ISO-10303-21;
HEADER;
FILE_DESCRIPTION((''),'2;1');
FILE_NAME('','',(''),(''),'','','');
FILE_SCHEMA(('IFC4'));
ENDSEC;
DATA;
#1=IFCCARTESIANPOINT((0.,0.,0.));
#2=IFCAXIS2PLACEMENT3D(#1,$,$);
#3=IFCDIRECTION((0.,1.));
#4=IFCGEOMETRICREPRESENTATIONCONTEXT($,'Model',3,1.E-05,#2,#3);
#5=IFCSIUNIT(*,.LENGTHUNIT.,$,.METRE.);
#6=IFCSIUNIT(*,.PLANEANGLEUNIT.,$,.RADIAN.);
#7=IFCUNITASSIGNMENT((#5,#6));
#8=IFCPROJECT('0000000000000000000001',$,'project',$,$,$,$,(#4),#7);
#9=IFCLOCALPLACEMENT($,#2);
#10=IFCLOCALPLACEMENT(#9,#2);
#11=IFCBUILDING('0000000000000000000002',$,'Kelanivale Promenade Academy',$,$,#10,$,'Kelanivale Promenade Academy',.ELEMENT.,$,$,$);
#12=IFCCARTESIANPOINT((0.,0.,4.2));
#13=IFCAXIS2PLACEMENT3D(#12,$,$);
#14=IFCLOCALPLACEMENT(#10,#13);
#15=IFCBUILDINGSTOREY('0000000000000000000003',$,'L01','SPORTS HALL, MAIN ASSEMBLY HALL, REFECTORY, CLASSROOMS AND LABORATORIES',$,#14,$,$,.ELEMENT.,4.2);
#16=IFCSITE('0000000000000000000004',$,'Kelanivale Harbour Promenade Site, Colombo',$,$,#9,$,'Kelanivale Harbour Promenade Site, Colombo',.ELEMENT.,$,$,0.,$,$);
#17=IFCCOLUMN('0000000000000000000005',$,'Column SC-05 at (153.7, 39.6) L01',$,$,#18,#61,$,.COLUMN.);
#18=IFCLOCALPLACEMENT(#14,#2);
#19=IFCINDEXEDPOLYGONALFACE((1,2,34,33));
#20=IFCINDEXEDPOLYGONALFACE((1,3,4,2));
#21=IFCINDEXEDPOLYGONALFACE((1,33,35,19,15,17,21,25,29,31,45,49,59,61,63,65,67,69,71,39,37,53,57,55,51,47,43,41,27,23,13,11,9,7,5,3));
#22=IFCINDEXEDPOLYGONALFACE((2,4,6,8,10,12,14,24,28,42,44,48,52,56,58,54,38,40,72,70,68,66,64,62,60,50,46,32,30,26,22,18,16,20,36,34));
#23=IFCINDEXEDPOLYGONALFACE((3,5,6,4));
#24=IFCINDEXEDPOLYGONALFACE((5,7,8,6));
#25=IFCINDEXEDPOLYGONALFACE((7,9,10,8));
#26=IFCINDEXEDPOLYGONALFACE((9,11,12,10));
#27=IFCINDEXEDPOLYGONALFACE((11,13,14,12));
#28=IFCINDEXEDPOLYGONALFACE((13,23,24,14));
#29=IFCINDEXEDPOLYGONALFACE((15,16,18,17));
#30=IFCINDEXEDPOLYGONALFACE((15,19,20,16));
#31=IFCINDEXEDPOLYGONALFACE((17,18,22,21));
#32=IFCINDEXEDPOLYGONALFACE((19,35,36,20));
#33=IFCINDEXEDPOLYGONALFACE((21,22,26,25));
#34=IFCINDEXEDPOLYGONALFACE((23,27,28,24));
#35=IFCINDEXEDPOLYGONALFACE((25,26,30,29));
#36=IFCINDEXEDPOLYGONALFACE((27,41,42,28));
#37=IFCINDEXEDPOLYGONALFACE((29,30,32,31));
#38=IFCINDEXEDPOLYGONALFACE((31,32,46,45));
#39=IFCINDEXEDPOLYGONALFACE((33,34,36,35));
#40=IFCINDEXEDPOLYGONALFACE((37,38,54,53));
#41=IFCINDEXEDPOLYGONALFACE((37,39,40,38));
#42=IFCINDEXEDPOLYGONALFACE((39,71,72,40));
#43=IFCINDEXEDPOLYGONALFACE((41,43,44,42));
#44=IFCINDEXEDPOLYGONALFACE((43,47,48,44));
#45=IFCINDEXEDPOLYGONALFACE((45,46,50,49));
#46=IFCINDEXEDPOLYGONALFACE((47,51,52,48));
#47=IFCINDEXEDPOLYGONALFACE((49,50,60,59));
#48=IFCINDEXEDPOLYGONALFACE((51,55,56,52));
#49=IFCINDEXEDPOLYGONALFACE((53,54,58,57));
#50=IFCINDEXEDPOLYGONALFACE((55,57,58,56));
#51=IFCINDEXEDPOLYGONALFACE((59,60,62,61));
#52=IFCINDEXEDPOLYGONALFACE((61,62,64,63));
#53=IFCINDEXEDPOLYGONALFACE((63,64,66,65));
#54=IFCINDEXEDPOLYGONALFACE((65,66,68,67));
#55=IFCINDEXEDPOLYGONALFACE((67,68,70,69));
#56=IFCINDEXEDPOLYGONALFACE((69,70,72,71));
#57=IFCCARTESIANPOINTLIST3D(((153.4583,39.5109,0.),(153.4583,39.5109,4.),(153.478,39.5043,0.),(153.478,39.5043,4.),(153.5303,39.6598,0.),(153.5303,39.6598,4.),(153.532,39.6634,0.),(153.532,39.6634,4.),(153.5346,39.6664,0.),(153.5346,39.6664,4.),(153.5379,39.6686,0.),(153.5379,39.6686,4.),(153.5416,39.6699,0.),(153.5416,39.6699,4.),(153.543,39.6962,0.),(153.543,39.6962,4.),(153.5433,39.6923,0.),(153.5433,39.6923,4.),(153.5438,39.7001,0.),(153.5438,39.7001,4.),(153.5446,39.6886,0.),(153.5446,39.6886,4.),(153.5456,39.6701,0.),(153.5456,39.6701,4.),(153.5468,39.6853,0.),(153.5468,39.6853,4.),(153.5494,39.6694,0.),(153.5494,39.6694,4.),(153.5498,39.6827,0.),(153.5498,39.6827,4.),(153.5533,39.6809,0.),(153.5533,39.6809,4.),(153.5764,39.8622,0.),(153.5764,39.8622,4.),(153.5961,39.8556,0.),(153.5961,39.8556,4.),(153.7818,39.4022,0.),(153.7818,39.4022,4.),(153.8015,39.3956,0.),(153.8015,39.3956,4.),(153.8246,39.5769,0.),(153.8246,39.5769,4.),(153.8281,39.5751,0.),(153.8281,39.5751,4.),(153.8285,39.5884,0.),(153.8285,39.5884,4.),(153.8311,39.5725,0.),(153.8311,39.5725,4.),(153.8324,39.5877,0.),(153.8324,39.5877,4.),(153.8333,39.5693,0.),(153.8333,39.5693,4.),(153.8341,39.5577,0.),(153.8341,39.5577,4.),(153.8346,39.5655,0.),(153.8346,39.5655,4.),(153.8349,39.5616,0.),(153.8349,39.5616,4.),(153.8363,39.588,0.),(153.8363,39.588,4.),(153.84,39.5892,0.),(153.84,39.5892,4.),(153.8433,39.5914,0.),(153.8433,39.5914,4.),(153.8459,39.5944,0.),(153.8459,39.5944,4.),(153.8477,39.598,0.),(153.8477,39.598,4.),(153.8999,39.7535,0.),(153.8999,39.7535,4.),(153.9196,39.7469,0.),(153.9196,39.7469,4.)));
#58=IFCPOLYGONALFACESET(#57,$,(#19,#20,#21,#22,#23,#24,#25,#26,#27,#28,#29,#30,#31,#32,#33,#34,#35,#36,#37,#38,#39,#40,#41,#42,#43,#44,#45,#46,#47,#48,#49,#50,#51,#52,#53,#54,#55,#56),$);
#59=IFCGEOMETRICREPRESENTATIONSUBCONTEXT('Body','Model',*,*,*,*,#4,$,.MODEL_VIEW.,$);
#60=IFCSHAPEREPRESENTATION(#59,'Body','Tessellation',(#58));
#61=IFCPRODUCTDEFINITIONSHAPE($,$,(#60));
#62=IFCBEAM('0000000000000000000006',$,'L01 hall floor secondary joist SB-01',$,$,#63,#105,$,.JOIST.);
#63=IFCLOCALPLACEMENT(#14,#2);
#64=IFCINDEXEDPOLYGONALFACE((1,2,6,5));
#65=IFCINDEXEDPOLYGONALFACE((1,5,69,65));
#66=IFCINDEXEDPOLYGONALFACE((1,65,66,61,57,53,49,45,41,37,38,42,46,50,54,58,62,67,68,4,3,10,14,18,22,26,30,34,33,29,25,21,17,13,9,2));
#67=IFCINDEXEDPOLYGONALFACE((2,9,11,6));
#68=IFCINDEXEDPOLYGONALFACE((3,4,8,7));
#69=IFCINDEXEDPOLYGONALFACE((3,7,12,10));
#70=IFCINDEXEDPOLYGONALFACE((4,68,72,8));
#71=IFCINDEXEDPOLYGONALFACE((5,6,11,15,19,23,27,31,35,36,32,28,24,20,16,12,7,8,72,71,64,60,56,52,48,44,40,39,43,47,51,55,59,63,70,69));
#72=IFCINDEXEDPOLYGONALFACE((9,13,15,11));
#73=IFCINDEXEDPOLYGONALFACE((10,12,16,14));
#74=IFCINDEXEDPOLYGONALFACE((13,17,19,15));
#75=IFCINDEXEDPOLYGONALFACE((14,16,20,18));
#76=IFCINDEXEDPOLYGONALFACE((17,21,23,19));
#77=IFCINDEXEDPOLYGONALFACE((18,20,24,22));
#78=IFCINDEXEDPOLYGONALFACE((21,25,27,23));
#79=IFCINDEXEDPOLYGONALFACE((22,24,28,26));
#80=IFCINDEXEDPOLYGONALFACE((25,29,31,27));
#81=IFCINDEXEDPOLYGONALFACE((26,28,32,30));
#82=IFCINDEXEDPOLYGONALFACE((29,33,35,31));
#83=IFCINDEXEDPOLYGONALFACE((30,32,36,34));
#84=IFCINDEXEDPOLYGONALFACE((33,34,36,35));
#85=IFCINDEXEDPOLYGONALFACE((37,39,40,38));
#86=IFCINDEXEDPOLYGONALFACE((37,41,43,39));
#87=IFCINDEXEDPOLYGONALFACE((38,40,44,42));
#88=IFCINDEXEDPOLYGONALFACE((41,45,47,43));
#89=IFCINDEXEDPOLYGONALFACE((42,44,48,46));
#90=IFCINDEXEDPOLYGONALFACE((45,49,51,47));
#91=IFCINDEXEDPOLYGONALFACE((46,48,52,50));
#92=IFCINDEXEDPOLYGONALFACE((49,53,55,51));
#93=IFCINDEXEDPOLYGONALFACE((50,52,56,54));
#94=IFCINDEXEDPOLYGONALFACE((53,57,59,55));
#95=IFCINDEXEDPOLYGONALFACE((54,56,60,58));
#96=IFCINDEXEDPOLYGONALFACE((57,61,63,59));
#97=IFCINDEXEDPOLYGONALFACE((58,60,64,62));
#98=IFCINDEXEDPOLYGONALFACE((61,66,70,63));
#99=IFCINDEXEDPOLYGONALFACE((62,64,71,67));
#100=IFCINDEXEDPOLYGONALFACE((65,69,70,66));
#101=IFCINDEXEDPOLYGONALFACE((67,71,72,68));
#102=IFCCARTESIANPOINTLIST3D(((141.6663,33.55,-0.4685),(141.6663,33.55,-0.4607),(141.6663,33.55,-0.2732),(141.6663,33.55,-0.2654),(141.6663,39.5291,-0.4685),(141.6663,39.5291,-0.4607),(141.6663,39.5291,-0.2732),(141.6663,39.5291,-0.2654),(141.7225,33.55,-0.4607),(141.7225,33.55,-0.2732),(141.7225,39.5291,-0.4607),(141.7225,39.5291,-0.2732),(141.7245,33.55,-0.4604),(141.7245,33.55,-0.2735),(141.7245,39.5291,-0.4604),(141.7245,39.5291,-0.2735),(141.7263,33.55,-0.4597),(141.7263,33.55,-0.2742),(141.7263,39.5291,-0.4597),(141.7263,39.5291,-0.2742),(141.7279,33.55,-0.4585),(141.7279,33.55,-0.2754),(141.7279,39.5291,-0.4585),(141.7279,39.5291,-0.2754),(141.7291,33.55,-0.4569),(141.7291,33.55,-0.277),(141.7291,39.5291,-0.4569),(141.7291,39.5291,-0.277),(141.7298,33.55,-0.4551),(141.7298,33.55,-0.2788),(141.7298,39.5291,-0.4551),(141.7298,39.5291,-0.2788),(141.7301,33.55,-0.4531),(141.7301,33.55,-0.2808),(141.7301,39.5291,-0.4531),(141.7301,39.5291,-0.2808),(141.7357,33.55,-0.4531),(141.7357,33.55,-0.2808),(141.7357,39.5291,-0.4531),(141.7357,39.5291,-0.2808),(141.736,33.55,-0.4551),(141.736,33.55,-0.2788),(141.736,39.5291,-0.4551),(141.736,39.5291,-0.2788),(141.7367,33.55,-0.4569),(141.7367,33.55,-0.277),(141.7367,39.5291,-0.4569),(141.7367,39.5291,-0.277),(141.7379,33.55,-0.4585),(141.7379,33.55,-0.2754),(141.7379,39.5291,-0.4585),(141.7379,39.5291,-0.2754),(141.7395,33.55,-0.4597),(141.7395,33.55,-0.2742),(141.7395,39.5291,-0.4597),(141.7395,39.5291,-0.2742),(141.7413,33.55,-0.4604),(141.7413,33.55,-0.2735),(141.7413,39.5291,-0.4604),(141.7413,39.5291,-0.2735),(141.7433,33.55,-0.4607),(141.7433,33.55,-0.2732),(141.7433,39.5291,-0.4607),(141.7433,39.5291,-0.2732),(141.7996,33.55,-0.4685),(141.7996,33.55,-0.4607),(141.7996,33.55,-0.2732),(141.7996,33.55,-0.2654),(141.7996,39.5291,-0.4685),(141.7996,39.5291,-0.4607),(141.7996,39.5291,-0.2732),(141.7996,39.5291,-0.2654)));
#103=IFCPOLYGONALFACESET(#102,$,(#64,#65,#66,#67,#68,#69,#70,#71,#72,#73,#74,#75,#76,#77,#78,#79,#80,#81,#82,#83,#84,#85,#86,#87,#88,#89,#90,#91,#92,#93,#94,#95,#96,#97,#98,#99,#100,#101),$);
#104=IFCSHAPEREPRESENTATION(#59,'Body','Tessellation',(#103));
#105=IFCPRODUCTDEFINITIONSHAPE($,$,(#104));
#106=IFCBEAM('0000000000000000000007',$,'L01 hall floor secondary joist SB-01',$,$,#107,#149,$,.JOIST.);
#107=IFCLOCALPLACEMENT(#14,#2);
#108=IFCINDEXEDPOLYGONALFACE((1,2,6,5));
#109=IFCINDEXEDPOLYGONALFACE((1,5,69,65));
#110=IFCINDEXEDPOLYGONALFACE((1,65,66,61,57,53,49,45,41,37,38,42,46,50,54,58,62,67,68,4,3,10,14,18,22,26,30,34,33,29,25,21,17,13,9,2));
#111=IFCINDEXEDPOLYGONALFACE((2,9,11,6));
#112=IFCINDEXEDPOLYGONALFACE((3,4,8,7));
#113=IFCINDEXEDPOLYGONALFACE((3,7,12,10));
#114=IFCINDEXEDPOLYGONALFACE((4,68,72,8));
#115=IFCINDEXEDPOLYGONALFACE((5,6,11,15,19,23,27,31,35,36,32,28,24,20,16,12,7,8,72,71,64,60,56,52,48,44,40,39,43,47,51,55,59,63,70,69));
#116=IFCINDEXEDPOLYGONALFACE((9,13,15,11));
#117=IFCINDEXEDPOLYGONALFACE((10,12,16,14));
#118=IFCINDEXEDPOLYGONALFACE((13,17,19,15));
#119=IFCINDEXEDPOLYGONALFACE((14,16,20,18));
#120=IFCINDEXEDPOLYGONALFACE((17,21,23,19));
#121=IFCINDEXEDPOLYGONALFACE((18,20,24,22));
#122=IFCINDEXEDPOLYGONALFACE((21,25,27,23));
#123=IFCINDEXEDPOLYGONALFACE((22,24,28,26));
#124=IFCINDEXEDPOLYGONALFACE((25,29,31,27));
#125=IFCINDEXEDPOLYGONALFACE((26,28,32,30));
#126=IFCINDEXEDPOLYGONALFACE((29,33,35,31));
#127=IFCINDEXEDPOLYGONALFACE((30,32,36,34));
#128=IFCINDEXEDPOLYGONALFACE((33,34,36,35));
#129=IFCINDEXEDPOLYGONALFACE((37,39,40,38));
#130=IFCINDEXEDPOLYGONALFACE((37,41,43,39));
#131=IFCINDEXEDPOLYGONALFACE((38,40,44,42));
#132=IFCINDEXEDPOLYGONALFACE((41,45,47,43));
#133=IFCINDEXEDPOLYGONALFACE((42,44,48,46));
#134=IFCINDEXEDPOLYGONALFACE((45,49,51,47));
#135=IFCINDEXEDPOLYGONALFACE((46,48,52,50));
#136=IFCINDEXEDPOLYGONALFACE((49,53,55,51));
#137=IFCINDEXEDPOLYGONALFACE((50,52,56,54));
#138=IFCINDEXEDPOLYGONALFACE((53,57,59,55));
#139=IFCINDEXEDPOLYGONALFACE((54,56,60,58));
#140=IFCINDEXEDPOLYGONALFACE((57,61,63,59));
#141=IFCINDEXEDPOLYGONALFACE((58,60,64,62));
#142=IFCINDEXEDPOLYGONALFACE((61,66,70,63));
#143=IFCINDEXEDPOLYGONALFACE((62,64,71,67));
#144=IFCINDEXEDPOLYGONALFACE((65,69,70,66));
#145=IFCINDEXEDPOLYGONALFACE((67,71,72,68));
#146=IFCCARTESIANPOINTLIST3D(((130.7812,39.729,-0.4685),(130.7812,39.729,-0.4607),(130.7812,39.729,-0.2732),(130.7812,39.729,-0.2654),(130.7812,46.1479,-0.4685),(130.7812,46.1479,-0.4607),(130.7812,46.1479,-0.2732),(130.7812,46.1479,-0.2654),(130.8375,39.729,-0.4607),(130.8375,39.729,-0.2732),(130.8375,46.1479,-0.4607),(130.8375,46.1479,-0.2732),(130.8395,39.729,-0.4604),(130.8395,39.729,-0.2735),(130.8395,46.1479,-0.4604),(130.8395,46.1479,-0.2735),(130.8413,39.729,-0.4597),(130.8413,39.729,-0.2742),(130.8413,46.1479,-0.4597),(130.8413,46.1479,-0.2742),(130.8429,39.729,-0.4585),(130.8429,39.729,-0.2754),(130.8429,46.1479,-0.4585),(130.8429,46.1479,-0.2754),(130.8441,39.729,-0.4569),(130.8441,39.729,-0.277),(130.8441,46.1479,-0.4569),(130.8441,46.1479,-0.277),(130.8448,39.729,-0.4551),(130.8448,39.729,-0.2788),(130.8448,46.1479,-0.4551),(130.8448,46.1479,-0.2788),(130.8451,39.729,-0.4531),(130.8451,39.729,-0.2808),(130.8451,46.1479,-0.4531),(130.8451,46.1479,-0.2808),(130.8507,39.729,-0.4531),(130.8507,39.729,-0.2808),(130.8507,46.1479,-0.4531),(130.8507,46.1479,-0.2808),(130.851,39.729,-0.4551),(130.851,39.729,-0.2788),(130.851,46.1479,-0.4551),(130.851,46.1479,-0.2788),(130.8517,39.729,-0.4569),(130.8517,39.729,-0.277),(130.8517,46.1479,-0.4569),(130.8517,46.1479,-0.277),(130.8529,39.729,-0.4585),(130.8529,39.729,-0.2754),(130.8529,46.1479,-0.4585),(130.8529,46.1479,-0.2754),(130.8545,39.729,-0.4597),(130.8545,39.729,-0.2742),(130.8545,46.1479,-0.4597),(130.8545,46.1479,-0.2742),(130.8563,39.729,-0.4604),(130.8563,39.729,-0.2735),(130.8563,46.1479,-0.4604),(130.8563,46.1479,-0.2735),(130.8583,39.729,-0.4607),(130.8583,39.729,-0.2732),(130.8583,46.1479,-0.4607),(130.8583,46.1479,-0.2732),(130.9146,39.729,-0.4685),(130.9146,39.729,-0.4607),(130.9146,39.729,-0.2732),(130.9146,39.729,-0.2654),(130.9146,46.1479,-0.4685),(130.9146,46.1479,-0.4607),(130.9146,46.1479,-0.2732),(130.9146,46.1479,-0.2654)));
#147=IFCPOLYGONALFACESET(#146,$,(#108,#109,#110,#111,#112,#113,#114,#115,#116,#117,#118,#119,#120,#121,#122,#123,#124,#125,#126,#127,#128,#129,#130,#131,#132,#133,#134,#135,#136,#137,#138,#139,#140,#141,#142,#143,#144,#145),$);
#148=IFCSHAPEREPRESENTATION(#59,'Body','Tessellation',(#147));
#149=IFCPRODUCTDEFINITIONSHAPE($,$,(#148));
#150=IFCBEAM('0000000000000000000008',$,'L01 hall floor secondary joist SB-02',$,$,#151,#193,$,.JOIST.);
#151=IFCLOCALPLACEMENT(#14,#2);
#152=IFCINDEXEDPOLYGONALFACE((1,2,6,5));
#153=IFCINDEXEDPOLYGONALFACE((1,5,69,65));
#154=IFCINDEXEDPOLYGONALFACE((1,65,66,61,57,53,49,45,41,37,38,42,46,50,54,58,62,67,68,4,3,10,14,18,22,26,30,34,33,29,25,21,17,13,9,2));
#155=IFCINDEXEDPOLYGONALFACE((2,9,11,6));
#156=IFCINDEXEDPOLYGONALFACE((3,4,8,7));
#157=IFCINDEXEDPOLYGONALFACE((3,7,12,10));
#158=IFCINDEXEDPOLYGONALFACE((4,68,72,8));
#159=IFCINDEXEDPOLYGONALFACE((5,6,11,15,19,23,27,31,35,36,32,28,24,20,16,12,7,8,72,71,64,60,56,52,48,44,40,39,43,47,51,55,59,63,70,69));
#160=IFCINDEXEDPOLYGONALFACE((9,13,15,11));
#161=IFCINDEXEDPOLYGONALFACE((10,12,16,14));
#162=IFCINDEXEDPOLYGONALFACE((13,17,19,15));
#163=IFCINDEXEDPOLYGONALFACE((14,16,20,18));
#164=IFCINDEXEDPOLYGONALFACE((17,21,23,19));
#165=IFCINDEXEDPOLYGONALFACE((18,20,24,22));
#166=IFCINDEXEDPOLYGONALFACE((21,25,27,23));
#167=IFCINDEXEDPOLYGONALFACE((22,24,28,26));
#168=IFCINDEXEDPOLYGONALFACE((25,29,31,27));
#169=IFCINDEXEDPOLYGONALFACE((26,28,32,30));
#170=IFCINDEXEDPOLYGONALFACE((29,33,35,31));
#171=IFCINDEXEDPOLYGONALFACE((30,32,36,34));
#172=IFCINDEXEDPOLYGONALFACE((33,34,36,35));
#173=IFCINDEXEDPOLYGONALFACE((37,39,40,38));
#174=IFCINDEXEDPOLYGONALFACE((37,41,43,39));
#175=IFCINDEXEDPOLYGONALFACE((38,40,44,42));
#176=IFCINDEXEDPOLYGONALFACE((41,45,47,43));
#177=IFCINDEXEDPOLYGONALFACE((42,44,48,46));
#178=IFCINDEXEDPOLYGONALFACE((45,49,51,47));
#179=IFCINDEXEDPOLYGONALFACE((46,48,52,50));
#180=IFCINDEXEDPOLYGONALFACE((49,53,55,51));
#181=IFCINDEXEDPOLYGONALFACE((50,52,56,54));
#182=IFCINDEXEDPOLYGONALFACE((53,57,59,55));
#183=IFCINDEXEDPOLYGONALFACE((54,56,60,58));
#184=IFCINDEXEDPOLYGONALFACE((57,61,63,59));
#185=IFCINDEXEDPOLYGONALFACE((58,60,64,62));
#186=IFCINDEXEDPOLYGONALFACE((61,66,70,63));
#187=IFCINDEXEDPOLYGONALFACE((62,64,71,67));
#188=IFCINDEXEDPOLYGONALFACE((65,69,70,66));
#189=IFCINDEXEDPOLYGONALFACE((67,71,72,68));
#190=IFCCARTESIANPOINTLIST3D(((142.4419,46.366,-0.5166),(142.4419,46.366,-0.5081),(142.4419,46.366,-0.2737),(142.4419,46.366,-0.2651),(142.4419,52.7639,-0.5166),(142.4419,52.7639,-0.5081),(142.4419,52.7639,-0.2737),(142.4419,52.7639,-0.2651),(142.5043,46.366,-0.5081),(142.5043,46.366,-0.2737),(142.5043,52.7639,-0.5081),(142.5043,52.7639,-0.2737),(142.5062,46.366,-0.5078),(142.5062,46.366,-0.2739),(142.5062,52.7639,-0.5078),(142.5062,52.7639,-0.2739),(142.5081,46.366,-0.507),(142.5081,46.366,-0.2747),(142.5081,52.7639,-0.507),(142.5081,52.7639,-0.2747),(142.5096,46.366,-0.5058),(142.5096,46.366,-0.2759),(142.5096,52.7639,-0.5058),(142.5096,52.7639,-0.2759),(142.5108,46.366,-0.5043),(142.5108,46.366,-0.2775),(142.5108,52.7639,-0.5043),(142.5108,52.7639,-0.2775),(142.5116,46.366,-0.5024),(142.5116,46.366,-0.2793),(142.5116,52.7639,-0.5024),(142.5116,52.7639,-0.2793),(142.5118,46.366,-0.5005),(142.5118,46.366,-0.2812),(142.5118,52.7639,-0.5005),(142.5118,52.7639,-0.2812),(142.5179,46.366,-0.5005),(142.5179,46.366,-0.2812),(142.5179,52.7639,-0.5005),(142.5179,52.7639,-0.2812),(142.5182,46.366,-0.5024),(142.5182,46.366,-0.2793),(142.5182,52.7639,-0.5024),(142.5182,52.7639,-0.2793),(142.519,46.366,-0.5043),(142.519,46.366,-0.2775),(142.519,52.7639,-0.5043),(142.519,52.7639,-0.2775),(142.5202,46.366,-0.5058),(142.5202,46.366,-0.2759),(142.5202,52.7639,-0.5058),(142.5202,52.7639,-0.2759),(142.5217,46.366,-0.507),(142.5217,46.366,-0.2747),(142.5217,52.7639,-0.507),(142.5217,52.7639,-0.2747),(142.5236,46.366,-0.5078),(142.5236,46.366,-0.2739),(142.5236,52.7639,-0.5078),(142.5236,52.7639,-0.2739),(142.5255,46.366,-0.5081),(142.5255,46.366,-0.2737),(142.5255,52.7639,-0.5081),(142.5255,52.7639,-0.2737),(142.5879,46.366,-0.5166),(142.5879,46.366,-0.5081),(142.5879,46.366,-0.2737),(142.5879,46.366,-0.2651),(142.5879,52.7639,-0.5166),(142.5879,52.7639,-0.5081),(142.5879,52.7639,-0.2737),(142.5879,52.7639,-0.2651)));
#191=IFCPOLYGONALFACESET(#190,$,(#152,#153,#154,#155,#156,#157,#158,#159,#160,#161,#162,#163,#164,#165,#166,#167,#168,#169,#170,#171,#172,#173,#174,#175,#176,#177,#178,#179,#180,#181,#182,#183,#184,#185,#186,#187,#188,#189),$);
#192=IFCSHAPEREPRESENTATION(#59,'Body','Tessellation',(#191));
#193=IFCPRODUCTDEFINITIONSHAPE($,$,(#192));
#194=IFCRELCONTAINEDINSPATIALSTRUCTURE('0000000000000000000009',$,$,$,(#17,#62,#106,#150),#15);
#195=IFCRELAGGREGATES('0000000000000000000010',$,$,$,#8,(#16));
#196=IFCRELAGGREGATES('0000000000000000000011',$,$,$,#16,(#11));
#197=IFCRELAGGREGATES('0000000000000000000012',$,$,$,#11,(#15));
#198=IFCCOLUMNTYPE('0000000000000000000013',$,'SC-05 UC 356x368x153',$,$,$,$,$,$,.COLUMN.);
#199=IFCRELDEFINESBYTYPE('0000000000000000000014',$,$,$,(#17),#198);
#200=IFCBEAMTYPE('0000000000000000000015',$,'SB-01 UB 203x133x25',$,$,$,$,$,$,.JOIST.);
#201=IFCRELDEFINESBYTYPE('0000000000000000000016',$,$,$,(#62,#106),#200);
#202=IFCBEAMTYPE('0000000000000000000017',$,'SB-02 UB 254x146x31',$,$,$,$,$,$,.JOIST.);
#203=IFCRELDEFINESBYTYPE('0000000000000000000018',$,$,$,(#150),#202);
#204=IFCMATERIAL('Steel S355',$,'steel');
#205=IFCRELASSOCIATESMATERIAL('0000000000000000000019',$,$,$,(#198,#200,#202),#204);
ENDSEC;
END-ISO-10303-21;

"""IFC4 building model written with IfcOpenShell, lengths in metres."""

from ifc_helpers import new_model, si_unit, direction, frame, origin, origin_2d, place, context, subcontext, project, spatial, i_section, extrude, material, material_profile, profile_set, type_object, element, save


model = new_model("IFC4")

# Units and contexts
model_context = context("Model", 3, precision=1e-05, world=origin(), true_north=direction((0.0, 1.0)))
body_context = subcontext(model_context, "Body", "Model", "MODEL_VIEW")
ifc_project = project(units=[si_unit("LENGTHUNIT", "METRE"), si_unit("PLANEANGLEUNIT", "RADIAN")], contexts=[model_context])

# Site, building, storey
site_placement = place(None, origin())
site = spatial("IfcSite", under=ifc_project, at=site_placement, Name="Kelanivale Harbour Promenade Site, Colombo", LongName="Kelanivale Harbour Promenade Site, Colombo", CompositionType="ELEMENT", RefElevation=0.0)
building_placement = place(site_placement, origin())
building = spatial("IfcBuilding", under=site, at=building_placement, Name="Kelanivale Promenade Academy", LongName="Kelanivale Promenade Academy", CompositionType="ELEMENT")
storey_placement = place(building_placement, frame((0.0, 0.0, 4.2)))
storey = spatial("IfcBuildingStorey", under=building, at=storey_placement, Name="L01", Description="SPORTS HALL, MAIN ASSEMBLY HALL, REFECTORY, CLASSROOMS AND LABORATORIES", CompositionType="ELEMENT", Elevation=4.2)

# Column
ifc_material_1 = material(Name="Steel S355", Category="steel")
ifc_material_profile_1 = material_profile(ifc_material_1, i_section(OverallWidth=0.3706, OverallDepth=0.3621, WebThickness=0.0122, FlangeThickness=0.0208, FilletRadius=0.0151, at=origin_2d()), Name="UC 356x368x153")
ifc_profile_set_1 = profile_set([ifc_material_profile_1], Name="Steel S355")
column_type_1 = type_object("IfcColumnType", Name="SC-05 UC 356x368x153", PredefinedType="COLUMN", material=ifc_profile_set_1)
for number, where, z_axis, x_axis, name in (
    (1, (153.689, 39.6289, 0.0), (0.0, 0.0, 1.0), (0.318628, 0.94788, 0.0), "Column SC-05 at (153.7, 39.6) L01"),
):
    element("IfcColumn", number, at=place(storey_placement, frame(where, z_axis=z_axis, x_axis=x_axis)), inside=storey, type_object=column_type_1, Name=name, PredefinedType="COLUMN", context=body_context, shape_type="SweptSolid", body=[
        extrude(i_section(OverallWidth=0.3706, OverallDepth=0.3621, WebThickness=0.0122, FlangeThickness=0.0208, FilletRadius=0.0151, at=origin_2d()), origin(), (0.0, 0.0, 1.0), 4.0),
    ])

# Beams
ifc_material_profile_2 = material_profile(ifc_material_1, i_section(OverallWidth=0.1333, OverallDepth=0.2031, WebThickness=0.0056, FlangeThickness=0.0078, FilletRadius=0.0076, at=origin_2d()), Name="UB 203x133x25")
ifc_profile_set_2 = profile_set([ifc_material_profile_2], Name="Steel S355")
beam_type_1 = type_object("IfcBeamType", Name="SB-01 UB 203x133x25", PredefinedType="JOIST", material=ifc_profile_set_2)
beam_1_placement = place(storey_placement, frame((141.7329, 33.55, -0.3669), z_axis=(0.0, 1.0, 0.0), x_axis=(-1.0, 0.0, 0.0)))
element("IfcBeam", 2, at=beam_1_placement, inside=storey, type_object=beam_type_1, Name="L01 hall floor secondary joist SB-01", PredefinedType="JOIST", context=body_context, shape_type="SweptSolid", body=[
    extrude(i_section(OverallWidth=0.1333, OverallDepth=0.2031, WebThickness=0.0056, FlangeThickness=0.0078, FilletRadius=0.0076, at=origin_2d()), origin(), (0.0, 0.0, 1.0), 5.979),
])
beam_2_placement = place(storey_placement, frame((130.8479, 39.729, -0.3669), z_axis=(0.0, 1.0, 0.0), x_axis=(-1.0, 0.0, 0.0)))
element("IfcBeam", 3, at=beam_2_placement, inside=storey, type_object=beam_type_1, Name="L01 hall floor secondary joist SB-01", PredefinedType="JOIST", context=body_context, shape_type="SweptSolid", body=[
    extrude(i_section(OverallWidth=0.1333, OverallDepth=0.2031, WebThickness=0.0056, FlangeThickness=0.0078, FilletRadius=0.0076, at=origin_2d()), origin(), (0.0, 0.0, 1.0), 6.4189),
])
ifc_material_profile_3 = material_profile(ifc_material_1, i_section(OverallWidth=0.146, OverallDepth=0.2515, WebThickness=0.0061, FlangeThickness=0.0085, FilletRadius=0.0076, at=origin_2d()), Name="UB 254x146x31")
ifc_profile_set_3 = profile_set([ifc_material_profile_3], Name="Steel S355")
beam_type_2 = type_object("IfcBeamType", Name="SB-02 UB 254x146x31", PredefinedType="JOIST", material=ifc_profile_set_3)
beam_3_placement = place(storey_placement, frame((142.5149, 46.366, -0.3909), z_axis=(0.0, 1.0, 0.0), x_axis=(-1.0, 0.0, 0.0)))
element("IfcBeam", 4, at=beam_3_placement, inside=storey, type_object=beam_type_2, Name="L01 hall floor secondary joist SB-02", PredefinedType="JOIST", context=body_context, shape_type="SweptSolid", body=[
    extrude(i_section(OverallWidth=0.146, OverallDepth=0.2515, WebThickness=0.0061, FlangeThickness=0.0085, FilletRadius=0.0076, at=origin_2d()), origin(), (0.0, 0.0, 1.0), 6.3979),
])

save(model, "model.ifc")
